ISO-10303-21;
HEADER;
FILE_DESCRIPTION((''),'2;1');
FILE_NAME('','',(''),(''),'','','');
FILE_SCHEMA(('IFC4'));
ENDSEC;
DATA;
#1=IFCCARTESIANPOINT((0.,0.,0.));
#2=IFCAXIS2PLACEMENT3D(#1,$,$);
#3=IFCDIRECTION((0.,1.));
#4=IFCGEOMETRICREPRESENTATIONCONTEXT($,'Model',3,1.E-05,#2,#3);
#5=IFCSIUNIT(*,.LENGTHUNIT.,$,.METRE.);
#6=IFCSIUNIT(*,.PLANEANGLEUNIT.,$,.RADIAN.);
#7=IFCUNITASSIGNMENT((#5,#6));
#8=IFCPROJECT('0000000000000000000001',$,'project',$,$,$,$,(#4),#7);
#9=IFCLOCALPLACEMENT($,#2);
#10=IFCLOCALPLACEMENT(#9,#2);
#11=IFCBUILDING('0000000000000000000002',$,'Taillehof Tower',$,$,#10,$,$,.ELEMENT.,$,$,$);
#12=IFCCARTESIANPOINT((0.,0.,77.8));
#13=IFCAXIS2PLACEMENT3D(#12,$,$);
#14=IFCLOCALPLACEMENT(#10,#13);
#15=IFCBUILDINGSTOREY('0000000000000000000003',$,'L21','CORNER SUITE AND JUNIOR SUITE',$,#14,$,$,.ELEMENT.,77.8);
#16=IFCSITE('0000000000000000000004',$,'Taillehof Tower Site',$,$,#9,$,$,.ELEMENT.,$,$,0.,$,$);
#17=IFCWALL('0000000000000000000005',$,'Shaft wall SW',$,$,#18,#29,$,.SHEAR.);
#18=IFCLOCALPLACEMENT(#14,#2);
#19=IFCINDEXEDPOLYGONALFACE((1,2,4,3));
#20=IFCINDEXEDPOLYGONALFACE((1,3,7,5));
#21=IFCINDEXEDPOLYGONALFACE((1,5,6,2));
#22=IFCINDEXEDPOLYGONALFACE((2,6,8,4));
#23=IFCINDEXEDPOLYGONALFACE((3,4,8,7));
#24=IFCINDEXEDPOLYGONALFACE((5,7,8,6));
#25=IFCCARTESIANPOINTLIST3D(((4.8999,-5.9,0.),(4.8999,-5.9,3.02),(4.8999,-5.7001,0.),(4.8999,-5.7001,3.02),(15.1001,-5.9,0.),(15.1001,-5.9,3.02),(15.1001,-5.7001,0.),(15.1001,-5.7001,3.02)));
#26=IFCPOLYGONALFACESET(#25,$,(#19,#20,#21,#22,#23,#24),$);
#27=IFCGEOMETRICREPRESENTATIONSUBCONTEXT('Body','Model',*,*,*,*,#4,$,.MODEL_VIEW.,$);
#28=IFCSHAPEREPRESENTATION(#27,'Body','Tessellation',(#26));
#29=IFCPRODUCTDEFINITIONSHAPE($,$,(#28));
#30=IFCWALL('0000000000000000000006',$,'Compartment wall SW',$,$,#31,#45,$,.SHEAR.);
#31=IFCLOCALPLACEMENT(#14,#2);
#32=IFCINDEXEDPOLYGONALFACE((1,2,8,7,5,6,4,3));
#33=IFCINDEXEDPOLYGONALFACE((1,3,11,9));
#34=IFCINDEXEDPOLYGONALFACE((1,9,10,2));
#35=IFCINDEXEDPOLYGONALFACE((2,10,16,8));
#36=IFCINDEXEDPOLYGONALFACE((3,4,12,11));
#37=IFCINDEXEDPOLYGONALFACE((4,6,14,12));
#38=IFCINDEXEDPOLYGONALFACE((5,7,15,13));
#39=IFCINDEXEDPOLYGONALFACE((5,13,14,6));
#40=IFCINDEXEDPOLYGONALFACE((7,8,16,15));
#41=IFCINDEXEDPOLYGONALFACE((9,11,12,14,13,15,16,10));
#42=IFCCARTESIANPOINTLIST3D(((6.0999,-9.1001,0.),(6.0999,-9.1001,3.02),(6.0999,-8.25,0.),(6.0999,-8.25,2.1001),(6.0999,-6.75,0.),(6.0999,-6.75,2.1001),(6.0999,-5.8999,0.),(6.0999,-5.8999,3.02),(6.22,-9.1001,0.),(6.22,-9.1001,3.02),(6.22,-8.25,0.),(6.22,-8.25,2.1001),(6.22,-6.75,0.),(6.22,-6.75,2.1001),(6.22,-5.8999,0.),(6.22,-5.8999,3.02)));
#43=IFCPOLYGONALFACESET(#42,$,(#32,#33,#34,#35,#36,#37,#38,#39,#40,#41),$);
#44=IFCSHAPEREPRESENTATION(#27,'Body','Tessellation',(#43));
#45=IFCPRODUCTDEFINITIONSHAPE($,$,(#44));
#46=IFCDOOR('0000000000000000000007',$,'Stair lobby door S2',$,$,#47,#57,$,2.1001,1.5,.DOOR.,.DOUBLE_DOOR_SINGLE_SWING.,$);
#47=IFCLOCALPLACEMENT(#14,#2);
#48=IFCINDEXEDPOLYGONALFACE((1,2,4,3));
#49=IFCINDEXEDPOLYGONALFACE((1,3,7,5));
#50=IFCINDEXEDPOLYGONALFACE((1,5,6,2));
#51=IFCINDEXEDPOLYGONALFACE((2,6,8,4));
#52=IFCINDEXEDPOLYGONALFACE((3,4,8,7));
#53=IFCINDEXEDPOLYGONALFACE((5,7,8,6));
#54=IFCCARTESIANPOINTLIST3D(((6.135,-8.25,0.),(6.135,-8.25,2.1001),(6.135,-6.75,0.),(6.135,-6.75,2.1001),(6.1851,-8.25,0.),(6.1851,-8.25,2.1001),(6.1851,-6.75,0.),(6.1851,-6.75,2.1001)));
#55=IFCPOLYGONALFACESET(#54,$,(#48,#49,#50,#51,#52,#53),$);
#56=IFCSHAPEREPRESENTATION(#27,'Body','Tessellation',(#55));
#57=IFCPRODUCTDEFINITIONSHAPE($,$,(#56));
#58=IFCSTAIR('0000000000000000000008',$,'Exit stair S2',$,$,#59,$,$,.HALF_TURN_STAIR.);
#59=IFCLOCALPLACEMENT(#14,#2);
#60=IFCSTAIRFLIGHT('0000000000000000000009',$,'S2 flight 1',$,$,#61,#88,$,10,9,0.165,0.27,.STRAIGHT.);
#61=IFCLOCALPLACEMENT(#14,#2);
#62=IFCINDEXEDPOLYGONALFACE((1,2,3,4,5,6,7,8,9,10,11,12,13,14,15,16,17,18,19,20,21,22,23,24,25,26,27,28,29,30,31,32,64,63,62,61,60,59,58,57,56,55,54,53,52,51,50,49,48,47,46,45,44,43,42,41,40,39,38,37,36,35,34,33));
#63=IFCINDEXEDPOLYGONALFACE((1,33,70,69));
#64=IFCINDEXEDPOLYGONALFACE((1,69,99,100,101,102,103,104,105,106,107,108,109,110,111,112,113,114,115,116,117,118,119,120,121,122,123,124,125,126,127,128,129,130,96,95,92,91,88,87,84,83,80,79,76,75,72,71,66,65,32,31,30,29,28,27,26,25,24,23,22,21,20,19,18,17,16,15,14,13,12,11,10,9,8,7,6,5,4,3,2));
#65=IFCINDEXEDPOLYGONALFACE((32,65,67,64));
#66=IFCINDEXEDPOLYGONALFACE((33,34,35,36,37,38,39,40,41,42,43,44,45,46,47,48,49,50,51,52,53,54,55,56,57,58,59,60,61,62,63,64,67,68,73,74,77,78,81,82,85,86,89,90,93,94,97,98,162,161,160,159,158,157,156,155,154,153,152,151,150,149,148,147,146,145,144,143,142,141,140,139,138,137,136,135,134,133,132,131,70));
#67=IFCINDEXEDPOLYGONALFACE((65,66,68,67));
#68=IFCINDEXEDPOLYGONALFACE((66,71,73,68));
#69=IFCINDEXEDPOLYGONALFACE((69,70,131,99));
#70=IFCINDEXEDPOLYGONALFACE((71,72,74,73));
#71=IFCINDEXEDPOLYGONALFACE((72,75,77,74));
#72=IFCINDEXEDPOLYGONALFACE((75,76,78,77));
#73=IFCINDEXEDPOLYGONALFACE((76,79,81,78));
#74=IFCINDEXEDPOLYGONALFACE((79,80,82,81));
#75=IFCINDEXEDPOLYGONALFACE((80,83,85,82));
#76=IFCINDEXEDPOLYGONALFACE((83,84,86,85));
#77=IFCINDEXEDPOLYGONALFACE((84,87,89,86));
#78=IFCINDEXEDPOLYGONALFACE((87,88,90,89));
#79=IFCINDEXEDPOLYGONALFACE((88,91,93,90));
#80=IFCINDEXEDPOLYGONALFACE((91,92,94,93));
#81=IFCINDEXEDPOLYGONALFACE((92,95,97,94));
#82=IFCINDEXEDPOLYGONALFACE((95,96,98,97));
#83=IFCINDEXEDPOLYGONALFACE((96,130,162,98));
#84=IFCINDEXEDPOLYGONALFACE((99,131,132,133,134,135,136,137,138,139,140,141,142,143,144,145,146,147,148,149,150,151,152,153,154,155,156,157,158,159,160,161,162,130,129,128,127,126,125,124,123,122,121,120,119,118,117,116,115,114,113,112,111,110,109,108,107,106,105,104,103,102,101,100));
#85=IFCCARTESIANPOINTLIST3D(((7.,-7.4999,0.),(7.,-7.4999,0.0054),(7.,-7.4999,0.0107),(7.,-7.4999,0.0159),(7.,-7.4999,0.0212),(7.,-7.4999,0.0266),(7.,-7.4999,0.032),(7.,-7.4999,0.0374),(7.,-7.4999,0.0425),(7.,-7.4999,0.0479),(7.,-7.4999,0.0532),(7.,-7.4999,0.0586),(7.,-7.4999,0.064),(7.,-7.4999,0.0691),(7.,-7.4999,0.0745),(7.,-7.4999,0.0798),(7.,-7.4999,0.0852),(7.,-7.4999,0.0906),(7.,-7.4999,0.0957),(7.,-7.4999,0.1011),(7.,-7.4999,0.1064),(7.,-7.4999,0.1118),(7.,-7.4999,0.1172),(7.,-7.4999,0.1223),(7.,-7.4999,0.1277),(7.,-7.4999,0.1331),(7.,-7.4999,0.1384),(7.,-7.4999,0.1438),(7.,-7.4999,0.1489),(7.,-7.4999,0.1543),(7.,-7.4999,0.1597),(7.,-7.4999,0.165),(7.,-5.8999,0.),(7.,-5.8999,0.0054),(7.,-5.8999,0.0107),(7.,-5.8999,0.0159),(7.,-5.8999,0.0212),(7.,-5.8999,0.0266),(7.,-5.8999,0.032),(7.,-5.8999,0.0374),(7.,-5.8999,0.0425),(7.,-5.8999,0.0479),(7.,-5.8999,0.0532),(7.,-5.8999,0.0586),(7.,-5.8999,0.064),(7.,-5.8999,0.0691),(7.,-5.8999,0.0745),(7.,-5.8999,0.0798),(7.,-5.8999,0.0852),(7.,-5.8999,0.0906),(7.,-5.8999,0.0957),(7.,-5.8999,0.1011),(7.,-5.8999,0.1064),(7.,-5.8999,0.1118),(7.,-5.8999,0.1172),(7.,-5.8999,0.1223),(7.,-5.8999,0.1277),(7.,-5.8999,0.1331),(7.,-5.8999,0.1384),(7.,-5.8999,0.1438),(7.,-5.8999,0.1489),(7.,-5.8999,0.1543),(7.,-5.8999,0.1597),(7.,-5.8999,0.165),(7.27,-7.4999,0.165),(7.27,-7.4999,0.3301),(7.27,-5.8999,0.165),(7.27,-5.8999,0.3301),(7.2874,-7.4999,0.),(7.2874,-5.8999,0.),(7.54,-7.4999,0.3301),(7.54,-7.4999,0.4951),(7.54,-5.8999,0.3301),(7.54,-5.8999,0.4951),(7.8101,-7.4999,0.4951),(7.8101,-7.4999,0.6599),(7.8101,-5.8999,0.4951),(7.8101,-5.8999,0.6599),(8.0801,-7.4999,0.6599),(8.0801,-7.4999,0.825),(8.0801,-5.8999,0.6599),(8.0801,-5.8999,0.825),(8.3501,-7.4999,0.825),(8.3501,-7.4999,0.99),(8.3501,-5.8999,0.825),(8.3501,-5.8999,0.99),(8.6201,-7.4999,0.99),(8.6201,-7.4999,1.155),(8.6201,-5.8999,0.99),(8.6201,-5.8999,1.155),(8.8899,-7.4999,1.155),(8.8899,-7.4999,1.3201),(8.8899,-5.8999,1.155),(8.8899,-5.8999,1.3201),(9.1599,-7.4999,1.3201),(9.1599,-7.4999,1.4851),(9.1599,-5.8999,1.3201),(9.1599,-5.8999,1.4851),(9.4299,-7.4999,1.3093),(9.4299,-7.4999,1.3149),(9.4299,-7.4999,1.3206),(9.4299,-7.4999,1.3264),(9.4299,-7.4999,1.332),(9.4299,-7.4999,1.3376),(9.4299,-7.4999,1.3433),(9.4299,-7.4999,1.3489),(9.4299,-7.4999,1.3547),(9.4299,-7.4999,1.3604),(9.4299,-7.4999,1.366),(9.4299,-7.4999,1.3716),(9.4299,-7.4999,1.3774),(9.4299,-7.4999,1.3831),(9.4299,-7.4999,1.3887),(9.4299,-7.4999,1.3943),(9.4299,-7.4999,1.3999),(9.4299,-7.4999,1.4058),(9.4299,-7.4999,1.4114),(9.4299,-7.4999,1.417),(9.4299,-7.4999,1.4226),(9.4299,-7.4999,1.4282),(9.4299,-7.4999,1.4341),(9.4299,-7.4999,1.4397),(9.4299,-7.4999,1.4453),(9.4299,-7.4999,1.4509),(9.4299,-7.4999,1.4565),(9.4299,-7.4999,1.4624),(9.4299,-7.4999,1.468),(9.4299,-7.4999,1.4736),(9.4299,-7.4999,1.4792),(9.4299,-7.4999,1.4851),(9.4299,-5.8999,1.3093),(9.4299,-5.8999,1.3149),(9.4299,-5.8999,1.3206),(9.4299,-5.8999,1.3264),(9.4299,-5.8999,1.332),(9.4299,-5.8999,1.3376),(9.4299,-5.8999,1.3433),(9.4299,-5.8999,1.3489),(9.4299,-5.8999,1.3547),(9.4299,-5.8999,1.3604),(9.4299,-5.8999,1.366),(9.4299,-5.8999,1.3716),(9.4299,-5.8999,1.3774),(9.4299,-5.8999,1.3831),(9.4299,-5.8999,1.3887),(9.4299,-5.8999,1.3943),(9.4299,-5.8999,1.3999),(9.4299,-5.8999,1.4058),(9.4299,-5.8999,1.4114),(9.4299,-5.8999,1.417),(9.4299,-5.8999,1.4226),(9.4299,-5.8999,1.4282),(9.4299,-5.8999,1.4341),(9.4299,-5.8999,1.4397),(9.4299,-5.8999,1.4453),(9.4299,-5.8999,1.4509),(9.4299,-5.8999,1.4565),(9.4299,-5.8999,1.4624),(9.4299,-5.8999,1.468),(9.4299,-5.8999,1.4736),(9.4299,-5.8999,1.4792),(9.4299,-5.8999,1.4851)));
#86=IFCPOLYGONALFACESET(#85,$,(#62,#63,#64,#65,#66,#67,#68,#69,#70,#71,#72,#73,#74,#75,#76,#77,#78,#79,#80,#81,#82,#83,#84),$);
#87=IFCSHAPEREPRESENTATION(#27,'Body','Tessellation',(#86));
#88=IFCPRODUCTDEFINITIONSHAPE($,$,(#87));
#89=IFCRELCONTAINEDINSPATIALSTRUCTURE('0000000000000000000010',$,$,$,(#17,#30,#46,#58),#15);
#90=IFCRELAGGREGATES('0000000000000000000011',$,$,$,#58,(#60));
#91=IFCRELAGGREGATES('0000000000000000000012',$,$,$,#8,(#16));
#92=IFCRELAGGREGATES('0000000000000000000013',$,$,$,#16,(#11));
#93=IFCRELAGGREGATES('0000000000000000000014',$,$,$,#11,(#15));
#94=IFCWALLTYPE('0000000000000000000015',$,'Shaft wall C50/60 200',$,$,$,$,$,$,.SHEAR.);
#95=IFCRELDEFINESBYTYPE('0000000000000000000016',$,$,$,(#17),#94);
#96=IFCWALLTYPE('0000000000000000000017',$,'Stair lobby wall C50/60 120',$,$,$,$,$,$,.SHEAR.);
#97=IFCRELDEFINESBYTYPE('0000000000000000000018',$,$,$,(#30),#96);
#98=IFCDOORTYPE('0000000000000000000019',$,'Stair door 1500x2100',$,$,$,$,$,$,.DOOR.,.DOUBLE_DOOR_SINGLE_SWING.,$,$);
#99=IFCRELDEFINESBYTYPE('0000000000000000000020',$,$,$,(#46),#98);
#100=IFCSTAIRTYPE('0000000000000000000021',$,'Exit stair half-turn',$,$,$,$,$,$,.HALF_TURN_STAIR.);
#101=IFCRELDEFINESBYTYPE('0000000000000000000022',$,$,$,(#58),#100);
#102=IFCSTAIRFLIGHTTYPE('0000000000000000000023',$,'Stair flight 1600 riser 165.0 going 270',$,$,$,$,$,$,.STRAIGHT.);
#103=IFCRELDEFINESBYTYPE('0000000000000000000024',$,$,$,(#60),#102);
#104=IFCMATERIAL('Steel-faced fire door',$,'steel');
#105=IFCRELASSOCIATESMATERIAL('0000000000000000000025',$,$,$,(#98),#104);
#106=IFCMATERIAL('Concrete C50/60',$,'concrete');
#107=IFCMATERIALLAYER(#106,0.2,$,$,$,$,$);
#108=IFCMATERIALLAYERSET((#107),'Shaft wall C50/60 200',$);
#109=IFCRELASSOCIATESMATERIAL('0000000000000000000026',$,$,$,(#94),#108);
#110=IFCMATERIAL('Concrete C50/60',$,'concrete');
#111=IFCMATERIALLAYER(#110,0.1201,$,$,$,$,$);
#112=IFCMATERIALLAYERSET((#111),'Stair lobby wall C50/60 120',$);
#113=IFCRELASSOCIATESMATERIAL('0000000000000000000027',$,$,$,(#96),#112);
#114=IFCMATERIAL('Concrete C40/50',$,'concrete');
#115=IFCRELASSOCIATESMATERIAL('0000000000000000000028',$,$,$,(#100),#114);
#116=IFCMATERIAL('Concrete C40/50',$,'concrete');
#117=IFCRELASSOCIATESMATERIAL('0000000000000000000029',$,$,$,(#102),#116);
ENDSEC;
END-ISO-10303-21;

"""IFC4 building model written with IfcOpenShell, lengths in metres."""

from ifc_helpers import new_model, si_unit, direction, frame, frame_2d, origin, place, context, subcontext, project, spatial, polyline, rectangle, outline, extrude, material, layer, layer_set, type_object, element, fill, aggregate, save


model = new_model("IFC4")

# Units and contexts
model_context = context("Model", 3, precision=1e-05, world=origin(), true_north=direction((0.0, 1.0)))
body_context = subcontext(model_context, "Body", "Model", "MODEL_VIEW")
ifc_project = project(units=[si_unit("LENGTHUNIT", "METRE"), si_unit("PLANEANGLEUNIT", "RADIAN")], contexts=[model_context])

# Site, building, storey
site_placement = place(None, origin())
site = spatial("IfcSite", under=ifc_project, at=site_placement, Name="Taillehof Tower Site", CompositionType="ELEMENT", RefElevation=0.0)
building_placement = place(site_placement, origin())
building = spatial("IfcBuilding", under=site, at=building_placement, Name="Taillehof Tower", CompositionType="ELEMENT")
storey_placement = place(building_placement, frame((0.0, 0.0, 77.8)))
storey = spatial("IfcBuildingStorey", under=building, at=storey_placement, Name="L21", Description="CORNER SUITE AND JUNIOR SUITE", CompositionType="ELEMENT", Elevation=77.8)

# Shared definitions
ifc_material_1 = material(Name="Steel-faced fire door", Category="steel")
door_type_1 = type_object("IfcDoorType", Name="Stair door 1500x2100", OperationType="DOUBLE_DOOR_SINGLE_SWING", PredefinedType="DOOR", material=ifc_material_1)

# Wall
ifc_material_2 = material(Name="Concrete C50/60", Category="concrete")
ifc_layer_1 = layer(ifc_material_2, 0.2)
ifc_layer_set_1 = layer_set([ifc_layer_1], Name="Shaft wall C50/60 200")
wall_type_1 = type_object("IfcWallType", Name="Shaft wall C50/60 200", PredefinedType="SHEAR", material=ifc_layer_set_1)
wall_1_placement = place(storey_placement, frame((4.8999, -5.8, 0.0), z_axis=(0.0, 0.0, 1.0), x_axis=(1.0, 0.0, 0.0)))
element("IfcWall", 1, at=wall_1_placement, inside=storey, type_object=wall_type_1, Name="Shaft wall SW", PredefinedType="SHEAR", context=body_context, shape_type="SweptSolid", body=[
    extrude(rectangle(XDim=10.2002, YDim=0.2, at=frame_2d((5.1001, 0.0))), origin(), (0.0, 0.0, 1.0), 3.02),
])

# Wall, opening, door
ifc_material_3 = material(Name="Concrete C50/60", Category="concrete")
ifc_layer_2 = layer(ifc_material_3, 0.1201)
ifc_layer_set_2 = layer_set([ifc_layer_2], Name="Stair lobby wall C50/60 120")
wall_type_2 = type_object("IfcWallType", Name="Stair lobby wall C50/60 120", PredefinedType="SHEAR", material=ifc_layer_set_2)
wall_2_placement = place(storey_placement, frame((6.1599, -9.1001, 0.0), z_axis=(0.0, 0.0, 1.0), x_axis=(0.0, 1.0, 0.0)))
wall_2 = element("IfcWall", 2, at=wall_2_placement, inside=storey, type_object=wall_type_2, Name="Compartment wall SW", PredefinedType="SHEAR", context=body_context, shape_type="SweptSolid", body=[
    extrude(rectangle(XDim=3.2002, YDim=0.1201, at=frame_2d((1.6001, 0.0))), origin(), (0.0, 0.0, 1.0), 3.02),
])
opening_1_placement = place(wall_2_placement, frame((0.8501, 0.0, 0.0)))
opening_1 = element("IfcOpeningElement", 3, at=opening_1_placement, cuts=wall_2, PredefinedType="OPENING", context=body_context, shape_type="SweptSolid", body=[
    extrude(rectangle(XDim=1.5, YDim=2.1001, at=frame_2d((0.75, 1.05))), frame((0.0, 0.0701, 0.0), z_axis=(0.0, -1.0, 0.0), x_axis=(1.0, 0.0, 0.0)), (0.0, 0.0, 1.0), 0.1401),
])
door_1_placement = place(opening_1_placement, origin())
door_1 = element("IfcDoor", 4, at=door_1_placement, inside=storey, type_object=door_type_1, Name="Stair lobby door S2", OperationType="DOUBLE_DOOR_SINGLE_SWING", OverallHeight=2.1001, OverallWidth=1.5, PredefinedType="DOOR", context=body_context, shape_type="SweptSolid", body=[
    extrude(rectangle(XDim=1.5, YDim=2.1001, at=frame_2d((0.75, 1.05))), frame((0.0, 0.0249, 0.0), z_axis=(0.0, -1.0, 0.0), x_axis=(1.0, 0.0, 0.0)), (0.0, 0.0, 1.0), 0.05),
])
fill(opening_1, door_1)

# Stair, stair flight
ifc_material_4 = material(Name="Concrete C40/50", Category="concrete")
stair_type = type_object("IfcStairType", Name="Exit stair half-turn", PredefinedType="HALF_TURN_STAIR", material=ifc_material_4)
stair_placement = place(storey_placement, origin())
stair = element("IfcStair", 5, at=stair_placement, inside=storey, type_object=stair_type, Name="Exit stair S2", PredefinedType="HALF_TURN_STAIR")
ifc_material_5 = material(Name="Concrete C40/50", Category="concrete")
stair_flight_type = type_object("IfcStairFlightType", Name="Stair flight 1600 riser 165.0 going 270", PredefinedType="STRAIGHT", material=ifc_material_5)
stair_flight_1_placement = place(storey_placement, frame((7.0, -6.7, 0.0), z_axis=(0.0, 0.0, 1.0), x_axis=(1.0, 0.0, 0.0)))
stair_flight_1 = element("IfcStairFlight", 6, at=stair_flight_1_placement, type_object=stair_flight_type, Name="S2 flight 1", NumberOfRisers=10, NumberOfTreads=9, PredefinedType="STRAIGHT", RiserHeight=0.165, TreadLength=0.27, context=body_context, shape_type="SweptSolid", body=[
    extrude(outline(polyline([(0.0, 0.0), (0.0, 0.0054), (0.0, 0.0107), (0.0, 0.0159), (0.0, 0.0212), (0.0, 0.0266), (0.0, 0.032), (0.0, 0.0374), (0.0, 0.0425), (0.0, 0.0479), (0.0, 0.0532), (0.0, 0.0586), (0.0, 0.064), (0.0, 0.0691), (0.0, 0.0745), (0.0, 0.0798), (0.0, 0.0852), (0.0, 0.0906), (0.0, 0.0957), (0.0, 0.1011), (0.0, 0.1064), (0.0, 0.1118), (0.0, 0.1172), (0.0, 0.1223), (0.0, 0.1277), (0.0, 0.1331), (0.0, 0.1384), (0.0, 0.1438), (0.0, 0.1489), (0.0, 0.1543), (0.0, 0.1597), (0.0, 0.165), (0.27, 0.165), (0.27, 0.3301), (0.54, 0.3301), (0.54, 0.4951), (0.8101, 0.4951), (0.8101, 0.6599), (1.0801, 0.6599), (1.0801, 0.825), (1.3501, 0.825), (1.3501, 0.99), (1.6201, 0.99), (1.6201, 1.155), (1.8899, 1.155), (1.8899, 1.3201), (2.1599, 1.3201), (2.1599, 1.4851), (2.4299, 1.4851), (2.4299, 1.4792), (2.4299, 1.4736), (2.4299, 1.468), (2.4299, 1.4624), (2.4299, 1.4565), (2.4299, 1.4509), (2.4299, 1.4453), (2.4299, 1.4397), (2.4299, 1.4341), (2.4299, 1.4282), (2.4299, 1.4226), (2.4299, 1.417), (2.4299, 1.4114), (2.4299, 1.4058), (2.4299, 1.3999), (2.4299, 1.3943), (2.4299, 1.3887), (2.4299, 1.3831), (2.4299, 1.3774), (2.4299, 1.3716), (2.4299, 1.366), (2.4299, 1.3604), (2.4299, 1.3547), (2.4299, 1.3489), (2.4299, 1.3433), (2.4299, 1.3376), (2.4299, 1.332), (2.4299, 1.3264), (2.4299, 1.3206), (2.4299, 1.3149), (2.4299, 1.3093), (0.2874, 0.0), (0.0, 0.0)])), frame((0.0, 0.8, 0.0), z_axis=(0.0, -1.0, 0.0), x_axis=(1.0, 0.0, 0.0)), (0.0, 0.0, 1.0), 1.6),
])
aggregate(stair, [stair_flight_1])

save(model, "model.ifc")
